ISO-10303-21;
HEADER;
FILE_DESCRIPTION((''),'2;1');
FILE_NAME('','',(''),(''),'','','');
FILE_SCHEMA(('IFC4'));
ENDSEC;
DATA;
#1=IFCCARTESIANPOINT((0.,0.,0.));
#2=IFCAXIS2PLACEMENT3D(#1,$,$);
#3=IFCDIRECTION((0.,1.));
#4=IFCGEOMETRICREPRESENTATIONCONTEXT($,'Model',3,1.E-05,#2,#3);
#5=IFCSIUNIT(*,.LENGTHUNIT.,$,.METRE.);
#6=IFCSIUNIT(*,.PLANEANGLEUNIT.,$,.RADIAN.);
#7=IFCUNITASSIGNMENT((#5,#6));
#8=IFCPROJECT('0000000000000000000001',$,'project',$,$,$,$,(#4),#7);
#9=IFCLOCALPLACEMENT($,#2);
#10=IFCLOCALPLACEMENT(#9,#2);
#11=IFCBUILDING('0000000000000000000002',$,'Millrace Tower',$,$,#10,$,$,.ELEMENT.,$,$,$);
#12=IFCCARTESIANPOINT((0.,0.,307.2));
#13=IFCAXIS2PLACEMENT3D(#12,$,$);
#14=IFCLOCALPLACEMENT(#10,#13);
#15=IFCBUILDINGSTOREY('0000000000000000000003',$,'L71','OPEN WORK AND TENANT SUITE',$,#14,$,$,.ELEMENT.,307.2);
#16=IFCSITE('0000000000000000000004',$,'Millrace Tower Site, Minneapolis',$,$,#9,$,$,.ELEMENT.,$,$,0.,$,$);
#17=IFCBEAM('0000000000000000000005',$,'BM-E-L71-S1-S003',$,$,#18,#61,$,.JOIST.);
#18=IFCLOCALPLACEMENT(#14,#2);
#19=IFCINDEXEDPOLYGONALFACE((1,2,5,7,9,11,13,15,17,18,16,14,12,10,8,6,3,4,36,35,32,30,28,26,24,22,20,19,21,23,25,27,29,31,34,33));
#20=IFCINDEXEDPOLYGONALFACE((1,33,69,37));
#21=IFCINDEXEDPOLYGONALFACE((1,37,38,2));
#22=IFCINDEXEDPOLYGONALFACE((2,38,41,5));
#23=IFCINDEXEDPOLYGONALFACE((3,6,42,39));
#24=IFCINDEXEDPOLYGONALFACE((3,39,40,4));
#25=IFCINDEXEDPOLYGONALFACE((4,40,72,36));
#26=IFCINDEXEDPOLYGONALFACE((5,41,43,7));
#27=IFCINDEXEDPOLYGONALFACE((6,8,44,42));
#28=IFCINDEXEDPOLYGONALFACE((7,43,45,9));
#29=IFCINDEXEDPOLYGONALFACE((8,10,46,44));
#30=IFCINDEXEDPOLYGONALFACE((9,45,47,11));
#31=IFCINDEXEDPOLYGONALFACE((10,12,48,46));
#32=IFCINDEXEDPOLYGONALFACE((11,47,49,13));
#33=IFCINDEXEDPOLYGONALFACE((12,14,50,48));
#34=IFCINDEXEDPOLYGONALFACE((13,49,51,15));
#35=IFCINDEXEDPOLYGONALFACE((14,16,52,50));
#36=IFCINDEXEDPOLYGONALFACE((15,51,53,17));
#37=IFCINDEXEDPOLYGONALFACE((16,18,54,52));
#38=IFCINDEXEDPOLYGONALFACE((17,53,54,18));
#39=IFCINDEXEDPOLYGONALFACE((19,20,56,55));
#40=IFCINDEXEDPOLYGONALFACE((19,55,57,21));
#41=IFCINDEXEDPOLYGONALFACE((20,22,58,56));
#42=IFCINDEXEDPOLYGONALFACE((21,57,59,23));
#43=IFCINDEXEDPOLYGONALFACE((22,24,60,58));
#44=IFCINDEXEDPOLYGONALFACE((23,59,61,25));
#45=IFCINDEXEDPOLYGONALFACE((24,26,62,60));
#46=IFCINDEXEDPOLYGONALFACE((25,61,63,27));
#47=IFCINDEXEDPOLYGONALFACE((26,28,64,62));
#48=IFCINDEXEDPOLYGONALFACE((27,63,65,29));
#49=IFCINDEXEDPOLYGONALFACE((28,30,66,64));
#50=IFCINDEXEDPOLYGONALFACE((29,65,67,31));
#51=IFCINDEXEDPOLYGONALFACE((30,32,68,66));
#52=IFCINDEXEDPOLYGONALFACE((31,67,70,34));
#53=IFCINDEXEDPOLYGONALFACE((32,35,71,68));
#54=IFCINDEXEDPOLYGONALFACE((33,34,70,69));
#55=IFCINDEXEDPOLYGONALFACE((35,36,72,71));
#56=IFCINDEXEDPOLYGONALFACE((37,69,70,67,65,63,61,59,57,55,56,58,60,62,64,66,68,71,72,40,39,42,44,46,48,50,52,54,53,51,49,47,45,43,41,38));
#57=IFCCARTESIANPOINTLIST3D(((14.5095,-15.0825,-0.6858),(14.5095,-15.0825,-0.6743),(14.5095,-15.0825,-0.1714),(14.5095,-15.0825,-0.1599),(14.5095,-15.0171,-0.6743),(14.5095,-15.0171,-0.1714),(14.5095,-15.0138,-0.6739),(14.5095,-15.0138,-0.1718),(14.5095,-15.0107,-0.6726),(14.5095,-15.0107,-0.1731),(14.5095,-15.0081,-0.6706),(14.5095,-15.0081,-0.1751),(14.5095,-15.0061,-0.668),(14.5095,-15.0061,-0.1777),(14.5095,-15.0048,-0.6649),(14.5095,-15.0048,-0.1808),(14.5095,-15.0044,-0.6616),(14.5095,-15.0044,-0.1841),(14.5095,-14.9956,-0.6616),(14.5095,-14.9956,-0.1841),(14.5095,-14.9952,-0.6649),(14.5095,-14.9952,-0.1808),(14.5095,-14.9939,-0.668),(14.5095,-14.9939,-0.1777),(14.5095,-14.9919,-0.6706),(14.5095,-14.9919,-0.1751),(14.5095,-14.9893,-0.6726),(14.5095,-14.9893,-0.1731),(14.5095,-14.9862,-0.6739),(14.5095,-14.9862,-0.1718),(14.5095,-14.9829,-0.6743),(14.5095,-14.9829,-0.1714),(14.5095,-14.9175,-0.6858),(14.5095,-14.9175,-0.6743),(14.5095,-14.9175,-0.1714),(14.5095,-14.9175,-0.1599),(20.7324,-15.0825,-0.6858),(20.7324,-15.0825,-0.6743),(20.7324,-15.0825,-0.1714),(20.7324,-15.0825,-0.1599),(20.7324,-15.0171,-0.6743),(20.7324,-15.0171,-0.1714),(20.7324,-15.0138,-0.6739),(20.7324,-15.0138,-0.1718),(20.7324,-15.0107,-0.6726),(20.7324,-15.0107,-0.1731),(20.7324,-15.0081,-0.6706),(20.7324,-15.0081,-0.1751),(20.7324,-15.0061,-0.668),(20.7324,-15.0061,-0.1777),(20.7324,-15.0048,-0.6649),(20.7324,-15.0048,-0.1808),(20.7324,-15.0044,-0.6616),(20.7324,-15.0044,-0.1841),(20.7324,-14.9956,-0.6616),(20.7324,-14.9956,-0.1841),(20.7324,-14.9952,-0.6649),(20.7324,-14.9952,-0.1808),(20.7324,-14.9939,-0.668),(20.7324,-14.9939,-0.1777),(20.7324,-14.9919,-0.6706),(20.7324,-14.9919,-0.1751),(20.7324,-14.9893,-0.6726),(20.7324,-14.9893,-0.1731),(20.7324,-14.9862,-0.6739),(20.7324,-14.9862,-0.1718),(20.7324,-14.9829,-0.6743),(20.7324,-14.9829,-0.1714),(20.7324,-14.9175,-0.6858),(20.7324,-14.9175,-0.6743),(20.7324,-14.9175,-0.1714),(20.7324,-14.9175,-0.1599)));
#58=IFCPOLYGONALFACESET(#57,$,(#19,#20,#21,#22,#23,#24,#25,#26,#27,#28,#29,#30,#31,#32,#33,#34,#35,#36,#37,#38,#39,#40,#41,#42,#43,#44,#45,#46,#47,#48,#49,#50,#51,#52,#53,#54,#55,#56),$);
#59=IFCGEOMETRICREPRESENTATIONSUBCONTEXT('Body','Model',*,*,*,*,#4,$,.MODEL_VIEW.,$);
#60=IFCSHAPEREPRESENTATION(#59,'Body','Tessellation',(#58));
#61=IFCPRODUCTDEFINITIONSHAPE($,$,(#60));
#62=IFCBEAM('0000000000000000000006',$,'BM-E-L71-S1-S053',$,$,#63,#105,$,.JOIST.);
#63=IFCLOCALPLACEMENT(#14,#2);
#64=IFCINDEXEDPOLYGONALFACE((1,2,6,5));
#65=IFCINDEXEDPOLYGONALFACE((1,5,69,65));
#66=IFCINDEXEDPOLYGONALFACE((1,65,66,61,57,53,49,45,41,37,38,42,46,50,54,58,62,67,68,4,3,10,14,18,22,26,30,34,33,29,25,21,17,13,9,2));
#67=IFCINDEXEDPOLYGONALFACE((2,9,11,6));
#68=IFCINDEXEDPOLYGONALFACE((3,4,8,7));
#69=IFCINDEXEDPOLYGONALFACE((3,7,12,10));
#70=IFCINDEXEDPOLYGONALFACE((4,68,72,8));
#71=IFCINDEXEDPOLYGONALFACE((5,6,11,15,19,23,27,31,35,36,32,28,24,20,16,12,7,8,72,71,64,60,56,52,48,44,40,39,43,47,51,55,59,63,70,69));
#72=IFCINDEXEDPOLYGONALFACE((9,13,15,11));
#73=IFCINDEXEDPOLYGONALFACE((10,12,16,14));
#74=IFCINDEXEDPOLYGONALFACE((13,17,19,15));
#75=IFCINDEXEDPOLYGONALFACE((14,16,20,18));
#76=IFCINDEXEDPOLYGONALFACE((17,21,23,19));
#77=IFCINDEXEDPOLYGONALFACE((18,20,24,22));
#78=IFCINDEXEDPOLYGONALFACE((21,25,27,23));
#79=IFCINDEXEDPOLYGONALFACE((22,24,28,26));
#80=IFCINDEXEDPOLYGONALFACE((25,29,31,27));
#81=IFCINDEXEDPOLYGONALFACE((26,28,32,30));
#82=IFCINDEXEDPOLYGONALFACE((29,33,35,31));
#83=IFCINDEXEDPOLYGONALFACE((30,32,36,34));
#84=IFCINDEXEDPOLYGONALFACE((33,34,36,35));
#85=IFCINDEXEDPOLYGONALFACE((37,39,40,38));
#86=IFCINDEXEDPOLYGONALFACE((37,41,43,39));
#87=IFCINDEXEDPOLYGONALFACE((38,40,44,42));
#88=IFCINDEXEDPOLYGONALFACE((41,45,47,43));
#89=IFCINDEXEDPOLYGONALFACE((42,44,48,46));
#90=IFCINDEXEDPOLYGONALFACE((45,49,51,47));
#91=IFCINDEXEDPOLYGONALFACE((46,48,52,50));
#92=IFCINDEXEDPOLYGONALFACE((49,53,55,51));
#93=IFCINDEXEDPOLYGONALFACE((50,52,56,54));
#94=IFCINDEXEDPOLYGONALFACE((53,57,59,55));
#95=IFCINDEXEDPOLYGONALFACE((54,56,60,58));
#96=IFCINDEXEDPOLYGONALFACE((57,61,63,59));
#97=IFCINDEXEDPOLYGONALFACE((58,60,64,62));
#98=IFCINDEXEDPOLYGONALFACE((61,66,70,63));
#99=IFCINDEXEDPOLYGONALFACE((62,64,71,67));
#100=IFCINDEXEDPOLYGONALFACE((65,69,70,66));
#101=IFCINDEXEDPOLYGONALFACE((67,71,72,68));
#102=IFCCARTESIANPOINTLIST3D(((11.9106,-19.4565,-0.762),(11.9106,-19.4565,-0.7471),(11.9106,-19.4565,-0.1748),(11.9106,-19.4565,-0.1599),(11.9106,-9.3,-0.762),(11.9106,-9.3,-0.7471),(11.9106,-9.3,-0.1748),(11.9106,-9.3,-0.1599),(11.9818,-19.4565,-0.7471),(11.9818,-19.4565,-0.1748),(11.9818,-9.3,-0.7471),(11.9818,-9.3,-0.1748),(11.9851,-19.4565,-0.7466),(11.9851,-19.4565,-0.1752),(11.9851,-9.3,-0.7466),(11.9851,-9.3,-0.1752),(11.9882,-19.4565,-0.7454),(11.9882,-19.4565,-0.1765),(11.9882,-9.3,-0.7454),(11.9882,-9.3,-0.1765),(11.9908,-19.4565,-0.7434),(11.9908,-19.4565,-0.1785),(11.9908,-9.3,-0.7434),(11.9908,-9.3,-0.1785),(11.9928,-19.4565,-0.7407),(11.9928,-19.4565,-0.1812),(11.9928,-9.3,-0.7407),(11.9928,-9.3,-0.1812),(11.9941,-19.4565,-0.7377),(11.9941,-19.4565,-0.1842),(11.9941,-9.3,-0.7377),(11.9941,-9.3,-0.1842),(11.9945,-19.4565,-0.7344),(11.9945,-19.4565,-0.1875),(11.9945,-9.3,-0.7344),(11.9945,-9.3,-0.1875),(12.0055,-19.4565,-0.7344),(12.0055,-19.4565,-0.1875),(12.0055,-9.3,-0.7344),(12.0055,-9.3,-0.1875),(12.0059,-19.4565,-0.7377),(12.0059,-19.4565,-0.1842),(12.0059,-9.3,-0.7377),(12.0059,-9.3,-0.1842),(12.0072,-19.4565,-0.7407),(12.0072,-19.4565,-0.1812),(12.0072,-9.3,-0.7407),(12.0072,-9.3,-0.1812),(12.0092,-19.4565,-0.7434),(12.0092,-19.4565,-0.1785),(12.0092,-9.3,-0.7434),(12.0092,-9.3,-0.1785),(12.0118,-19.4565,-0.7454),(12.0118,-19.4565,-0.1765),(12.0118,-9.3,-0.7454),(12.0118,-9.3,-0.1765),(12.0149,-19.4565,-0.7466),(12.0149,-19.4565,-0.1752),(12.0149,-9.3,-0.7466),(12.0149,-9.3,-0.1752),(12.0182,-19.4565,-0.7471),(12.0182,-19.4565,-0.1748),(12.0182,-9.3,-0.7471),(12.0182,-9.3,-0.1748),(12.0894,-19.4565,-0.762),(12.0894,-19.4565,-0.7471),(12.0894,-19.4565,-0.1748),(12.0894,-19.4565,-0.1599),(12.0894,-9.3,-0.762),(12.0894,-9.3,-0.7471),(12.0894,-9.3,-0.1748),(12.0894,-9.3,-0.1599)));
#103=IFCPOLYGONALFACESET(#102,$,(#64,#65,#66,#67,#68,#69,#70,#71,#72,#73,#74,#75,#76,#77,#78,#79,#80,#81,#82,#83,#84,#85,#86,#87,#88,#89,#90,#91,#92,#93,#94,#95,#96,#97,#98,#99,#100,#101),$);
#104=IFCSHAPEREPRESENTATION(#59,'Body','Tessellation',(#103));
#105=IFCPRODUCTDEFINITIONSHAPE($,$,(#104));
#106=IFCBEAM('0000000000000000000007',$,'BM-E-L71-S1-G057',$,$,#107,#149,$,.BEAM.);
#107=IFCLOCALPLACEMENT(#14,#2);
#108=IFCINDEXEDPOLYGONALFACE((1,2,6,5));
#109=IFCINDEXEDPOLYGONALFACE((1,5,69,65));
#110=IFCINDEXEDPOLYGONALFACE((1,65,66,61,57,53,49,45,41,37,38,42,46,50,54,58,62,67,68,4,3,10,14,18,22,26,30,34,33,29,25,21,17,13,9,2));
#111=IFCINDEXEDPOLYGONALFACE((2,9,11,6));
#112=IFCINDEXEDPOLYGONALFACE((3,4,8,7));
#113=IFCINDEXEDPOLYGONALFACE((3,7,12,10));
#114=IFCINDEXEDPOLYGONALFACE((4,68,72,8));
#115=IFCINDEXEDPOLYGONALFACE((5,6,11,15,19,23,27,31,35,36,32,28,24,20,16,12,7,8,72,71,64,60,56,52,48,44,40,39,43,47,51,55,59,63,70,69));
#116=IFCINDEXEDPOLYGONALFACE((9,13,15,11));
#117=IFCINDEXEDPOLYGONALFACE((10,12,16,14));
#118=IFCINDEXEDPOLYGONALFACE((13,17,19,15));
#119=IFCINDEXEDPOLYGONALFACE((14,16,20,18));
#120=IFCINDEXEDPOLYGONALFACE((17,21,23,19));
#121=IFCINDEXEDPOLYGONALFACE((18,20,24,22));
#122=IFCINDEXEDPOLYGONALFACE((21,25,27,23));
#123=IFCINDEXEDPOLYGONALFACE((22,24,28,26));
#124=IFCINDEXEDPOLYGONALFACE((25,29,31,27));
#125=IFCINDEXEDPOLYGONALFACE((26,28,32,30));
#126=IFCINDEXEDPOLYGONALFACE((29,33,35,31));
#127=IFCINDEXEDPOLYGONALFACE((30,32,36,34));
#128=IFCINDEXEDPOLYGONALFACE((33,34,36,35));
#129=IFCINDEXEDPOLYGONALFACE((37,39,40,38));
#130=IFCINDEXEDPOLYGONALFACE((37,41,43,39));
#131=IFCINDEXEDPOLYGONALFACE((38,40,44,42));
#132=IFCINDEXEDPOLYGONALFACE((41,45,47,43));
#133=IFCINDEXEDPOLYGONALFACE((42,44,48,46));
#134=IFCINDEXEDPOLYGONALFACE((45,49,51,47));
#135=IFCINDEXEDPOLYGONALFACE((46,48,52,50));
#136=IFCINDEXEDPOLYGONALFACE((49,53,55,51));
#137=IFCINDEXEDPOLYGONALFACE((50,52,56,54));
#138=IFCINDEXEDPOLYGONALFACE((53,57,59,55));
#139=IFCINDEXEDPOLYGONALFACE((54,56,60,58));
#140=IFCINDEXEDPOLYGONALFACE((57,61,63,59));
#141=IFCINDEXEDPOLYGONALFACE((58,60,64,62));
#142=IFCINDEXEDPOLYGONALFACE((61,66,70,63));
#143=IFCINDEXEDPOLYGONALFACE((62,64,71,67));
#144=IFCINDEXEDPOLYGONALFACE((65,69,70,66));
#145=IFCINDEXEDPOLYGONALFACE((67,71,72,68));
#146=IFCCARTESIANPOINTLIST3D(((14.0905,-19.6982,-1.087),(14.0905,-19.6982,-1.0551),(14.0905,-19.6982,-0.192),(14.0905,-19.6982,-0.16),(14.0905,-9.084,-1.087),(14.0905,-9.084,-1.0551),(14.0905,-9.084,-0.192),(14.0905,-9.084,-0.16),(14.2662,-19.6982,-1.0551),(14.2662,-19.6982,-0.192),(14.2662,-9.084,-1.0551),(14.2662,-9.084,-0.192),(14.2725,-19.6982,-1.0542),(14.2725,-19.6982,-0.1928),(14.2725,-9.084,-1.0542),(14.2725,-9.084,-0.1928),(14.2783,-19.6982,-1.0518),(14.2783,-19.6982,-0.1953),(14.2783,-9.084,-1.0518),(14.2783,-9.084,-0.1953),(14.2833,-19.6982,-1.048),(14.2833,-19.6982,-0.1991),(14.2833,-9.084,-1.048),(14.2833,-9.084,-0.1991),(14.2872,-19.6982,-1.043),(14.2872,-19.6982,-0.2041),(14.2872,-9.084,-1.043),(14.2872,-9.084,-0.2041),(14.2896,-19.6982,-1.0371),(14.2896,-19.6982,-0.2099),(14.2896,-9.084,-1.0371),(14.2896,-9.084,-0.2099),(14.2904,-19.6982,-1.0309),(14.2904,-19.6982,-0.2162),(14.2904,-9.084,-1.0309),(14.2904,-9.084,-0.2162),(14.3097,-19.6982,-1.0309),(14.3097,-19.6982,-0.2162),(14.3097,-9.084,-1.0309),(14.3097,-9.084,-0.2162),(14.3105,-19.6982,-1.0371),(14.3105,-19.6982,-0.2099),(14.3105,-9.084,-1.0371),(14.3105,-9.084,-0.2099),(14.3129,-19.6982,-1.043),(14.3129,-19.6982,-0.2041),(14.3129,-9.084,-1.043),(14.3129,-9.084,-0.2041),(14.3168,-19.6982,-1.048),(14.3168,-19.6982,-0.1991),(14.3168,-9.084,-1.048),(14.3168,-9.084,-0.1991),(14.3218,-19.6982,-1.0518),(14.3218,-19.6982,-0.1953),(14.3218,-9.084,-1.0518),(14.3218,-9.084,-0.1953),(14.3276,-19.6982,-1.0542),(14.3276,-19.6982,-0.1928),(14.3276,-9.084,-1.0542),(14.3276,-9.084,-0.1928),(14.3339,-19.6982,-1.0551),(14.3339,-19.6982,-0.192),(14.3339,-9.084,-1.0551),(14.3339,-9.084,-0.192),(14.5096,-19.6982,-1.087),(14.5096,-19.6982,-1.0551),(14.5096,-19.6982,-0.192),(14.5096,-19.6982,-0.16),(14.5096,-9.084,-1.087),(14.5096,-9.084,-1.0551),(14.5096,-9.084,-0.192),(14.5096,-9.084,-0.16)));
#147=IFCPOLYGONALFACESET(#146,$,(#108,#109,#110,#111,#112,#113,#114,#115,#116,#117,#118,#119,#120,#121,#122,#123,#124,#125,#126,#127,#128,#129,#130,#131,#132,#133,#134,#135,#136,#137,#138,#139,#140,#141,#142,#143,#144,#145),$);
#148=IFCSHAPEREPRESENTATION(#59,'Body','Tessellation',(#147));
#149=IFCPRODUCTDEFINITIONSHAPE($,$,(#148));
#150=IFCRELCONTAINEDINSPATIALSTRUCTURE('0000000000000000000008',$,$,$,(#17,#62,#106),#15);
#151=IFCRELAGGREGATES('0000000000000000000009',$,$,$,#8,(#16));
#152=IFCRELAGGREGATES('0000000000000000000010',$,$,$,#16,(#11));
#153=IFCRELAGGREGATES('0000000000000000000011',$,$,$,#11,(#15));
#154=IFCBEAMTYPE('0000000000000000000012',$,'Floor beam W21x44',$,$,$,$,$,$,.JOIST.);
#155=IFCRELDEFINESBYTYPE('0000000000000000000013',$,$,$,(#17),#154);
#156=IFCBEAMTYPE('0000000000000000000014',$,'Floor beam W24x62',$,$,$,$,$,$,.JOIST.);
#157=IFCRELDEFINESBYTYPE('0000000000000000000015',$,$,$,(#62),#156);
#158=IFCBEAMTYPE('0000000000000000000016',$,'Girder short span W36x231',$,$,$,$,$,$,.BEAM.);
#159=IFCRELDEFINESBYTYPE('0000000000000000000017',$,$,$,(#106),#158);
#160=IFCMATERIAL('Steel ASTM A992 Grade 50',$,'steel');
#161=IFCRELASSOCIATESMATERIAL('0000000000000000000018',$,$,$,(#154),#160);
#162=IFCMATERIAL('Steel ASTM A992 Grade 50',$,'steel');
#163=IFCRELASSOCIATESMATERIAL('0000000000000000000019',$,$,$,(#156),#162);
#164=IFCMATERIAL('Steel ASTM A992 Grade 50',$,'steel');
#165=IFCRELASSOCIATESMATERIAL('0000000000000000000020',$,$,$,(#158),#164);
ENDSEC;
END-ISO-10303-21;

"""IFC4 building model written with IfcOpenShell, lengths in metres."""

from ifc_helpers import new_model, si_unit, direction, frame, origin, origin_2d, place, context, subcontext, project, spatial, i_section, extrude, material, material_profile, profile_set, type_object, element, save


model = new_model("IFC4")

# Units and contexts
model_context = context("Model", 3, precision=1e-05, world=origin(), true_north=direction((0.0, 1.0)))
body_context = subcontext(model_context, "Body", "Model", "MODEL_VIEW")
ifc_project = project(units=[si_unit("LENGTHUNIT", "METRE"), si_unit("PLANEANGLEUNIT", "RADIAN")], contexts=[model_context])

# Site, building, storey
site_placement = place(None, origin())
site = spatial("IfcSite", under=ifc_project, at=site_placement, Name="Millrace Tower Site, Minneapolis", CompositionType="ELEMENT", RefElevation=0.0)
building_placement = place(site_placement, origin())
building = spatial("IfcBuilding", under=site, at=building_placement, Name="Millrace Tower", CompositionType="ELEMENT")
storey_placement = place(building_placement, frame((0.0, 0.0, 307.2)))
storey = spatial("IfcBuildingStorey", under=building, at=storey_placement, Name="L71", Description="OPEN WORK AND TENANT SUITE", CompositionType="ELEMENT", Elevation=307.2)

# Beams
ifc_material_1 = material(Name="Steel ASTM A992 Grade 50", Category="steel")
ifc_material_profile_1 = material_profile(ifc_material_1, i_section(OverallWidth=0.165, OverallDepth=0.5259, WebThickness=0.0088, FlangeThickness=0.0115, FilletRadius=0.0127, at=origin_2d()))
ifc_profile_set_1 = profile_set([ifc_material_profile_1], Name="Steel ASTM A992 Grade 50")
beam_type_1 = type_object("IfcBeamType", Name="Floor beam W21x44", PredefinedType="JOIST", material=ifc_profile_set_1)
beam_1_placement = place(storey_placement, frame((14.5095, -15.0, -0.4229), z_axis=(1.0, 0.0, 0.0), x_axis=(0.0, 1.0, 0.0)))
element("IfcBeam", 1, at=beam_1_placement, inside=storey, type_object=beam_type_1, Name="BM-E-L71-S1-S003", PredefinedType="JOIST", context=body_context, shape_type="SweptSolid", body=[
    extrude(i_section(OverallWidth=0.165, OverallDepth=0.5259, WebThickness=0.0088, FlangeThickness=0.0115, FilletRadius=0.0127, at=origin_2d()), origin(), (0.0, 0.0, 1.0), 6.2229),
])
ifc_material_2 = material(Name="Steel ASTM A992 Grade 50", Category="steel")
ifc_material_profile_2 = material_profile(ifc_material_2, i_section(OverallWidth=0.1787, OverallDepth=0.6021, WebThickness=0.011, FlangeThickness=0.0149, FilletRadius=0.0127, at=origin_2d()))
ifc_profile_set_2 = profile_set([ifc_material_profile_2], Name="Steel ASTM A992 Grade 50")
beam_type_2 = type_object("IfcBeamType", Name="Floor beam W24x62", PredefinedType="JOIST", material=ifc_profile_set_2)
beam_2_placement = place(storey_placement, frame((12.0, -19.4565, -0.4609), z_axis=(0.0, 1.0, 0.0), x_axis=(-1.0, 0.0, 0.0)))
element("IfcBeam", 2, at=beam_2_placement, inside=storey, type_object=beam_type_2, Name="BM-E-L71-S1-S053", PredefinedType="JOIST", context=body_context, shape_type="SweptSolid", body=[
    extrude(i_section(OverallWidth=0.1787, OverallDepth=0.6021, WebThickness=0.011, FlangeThickness=0.0149, FilletRadius=0.0127, at=origin_2d()), origin(), (0.0, 0.0, 1.0), 10.1565),
])
ifc_material_3 = material(Name="Steel ASTM A992 Grade 50", Category="steel")
ifc_material_profile_3 = material_profile(ifc_material_3, i_section(OverallWidth=0.4192, OverallDepth=0.927, WebThickness=0.0193, FlangeThickness=0.032, FilletRadius=0.0242, at=origin_2d()))
ifc_profile_set_3 = profile_set([ifc_material_profile_3], Name="Steel ASTM A992 Grade 50")
beam_type_3 = type_object("IfcBeamType", Name="Girder short span W36x231", PredefinedType="BEAM", material=ifc_profile_set_3)
beam_3_placement = place(storey_placement, frame((14.3, -19.6982, -0.6235), z_axis=(0.0, 1.0, 0.0), x_axis=(-1.0, 0.0, 0.0)))
element("IfcBeam", 3, at=beam_3_placement, inside=storey, type_object=beam_type_3, Name="BM-E-L71-S1-G057", PredefinedType="BEAM", context=body_context, shape_type="SweptSolid", body=[
    extrude(i_section(OverallWidth=0.4192, OverallDepth=0.927, WebThickness=0.0193, FlangeThickness=0.032, FilletRadius=0.0242, at=origin_2d()), origin(), (0.0, 0.0, 1.0), 10.6143),
])

save(model, "model.ifc")
